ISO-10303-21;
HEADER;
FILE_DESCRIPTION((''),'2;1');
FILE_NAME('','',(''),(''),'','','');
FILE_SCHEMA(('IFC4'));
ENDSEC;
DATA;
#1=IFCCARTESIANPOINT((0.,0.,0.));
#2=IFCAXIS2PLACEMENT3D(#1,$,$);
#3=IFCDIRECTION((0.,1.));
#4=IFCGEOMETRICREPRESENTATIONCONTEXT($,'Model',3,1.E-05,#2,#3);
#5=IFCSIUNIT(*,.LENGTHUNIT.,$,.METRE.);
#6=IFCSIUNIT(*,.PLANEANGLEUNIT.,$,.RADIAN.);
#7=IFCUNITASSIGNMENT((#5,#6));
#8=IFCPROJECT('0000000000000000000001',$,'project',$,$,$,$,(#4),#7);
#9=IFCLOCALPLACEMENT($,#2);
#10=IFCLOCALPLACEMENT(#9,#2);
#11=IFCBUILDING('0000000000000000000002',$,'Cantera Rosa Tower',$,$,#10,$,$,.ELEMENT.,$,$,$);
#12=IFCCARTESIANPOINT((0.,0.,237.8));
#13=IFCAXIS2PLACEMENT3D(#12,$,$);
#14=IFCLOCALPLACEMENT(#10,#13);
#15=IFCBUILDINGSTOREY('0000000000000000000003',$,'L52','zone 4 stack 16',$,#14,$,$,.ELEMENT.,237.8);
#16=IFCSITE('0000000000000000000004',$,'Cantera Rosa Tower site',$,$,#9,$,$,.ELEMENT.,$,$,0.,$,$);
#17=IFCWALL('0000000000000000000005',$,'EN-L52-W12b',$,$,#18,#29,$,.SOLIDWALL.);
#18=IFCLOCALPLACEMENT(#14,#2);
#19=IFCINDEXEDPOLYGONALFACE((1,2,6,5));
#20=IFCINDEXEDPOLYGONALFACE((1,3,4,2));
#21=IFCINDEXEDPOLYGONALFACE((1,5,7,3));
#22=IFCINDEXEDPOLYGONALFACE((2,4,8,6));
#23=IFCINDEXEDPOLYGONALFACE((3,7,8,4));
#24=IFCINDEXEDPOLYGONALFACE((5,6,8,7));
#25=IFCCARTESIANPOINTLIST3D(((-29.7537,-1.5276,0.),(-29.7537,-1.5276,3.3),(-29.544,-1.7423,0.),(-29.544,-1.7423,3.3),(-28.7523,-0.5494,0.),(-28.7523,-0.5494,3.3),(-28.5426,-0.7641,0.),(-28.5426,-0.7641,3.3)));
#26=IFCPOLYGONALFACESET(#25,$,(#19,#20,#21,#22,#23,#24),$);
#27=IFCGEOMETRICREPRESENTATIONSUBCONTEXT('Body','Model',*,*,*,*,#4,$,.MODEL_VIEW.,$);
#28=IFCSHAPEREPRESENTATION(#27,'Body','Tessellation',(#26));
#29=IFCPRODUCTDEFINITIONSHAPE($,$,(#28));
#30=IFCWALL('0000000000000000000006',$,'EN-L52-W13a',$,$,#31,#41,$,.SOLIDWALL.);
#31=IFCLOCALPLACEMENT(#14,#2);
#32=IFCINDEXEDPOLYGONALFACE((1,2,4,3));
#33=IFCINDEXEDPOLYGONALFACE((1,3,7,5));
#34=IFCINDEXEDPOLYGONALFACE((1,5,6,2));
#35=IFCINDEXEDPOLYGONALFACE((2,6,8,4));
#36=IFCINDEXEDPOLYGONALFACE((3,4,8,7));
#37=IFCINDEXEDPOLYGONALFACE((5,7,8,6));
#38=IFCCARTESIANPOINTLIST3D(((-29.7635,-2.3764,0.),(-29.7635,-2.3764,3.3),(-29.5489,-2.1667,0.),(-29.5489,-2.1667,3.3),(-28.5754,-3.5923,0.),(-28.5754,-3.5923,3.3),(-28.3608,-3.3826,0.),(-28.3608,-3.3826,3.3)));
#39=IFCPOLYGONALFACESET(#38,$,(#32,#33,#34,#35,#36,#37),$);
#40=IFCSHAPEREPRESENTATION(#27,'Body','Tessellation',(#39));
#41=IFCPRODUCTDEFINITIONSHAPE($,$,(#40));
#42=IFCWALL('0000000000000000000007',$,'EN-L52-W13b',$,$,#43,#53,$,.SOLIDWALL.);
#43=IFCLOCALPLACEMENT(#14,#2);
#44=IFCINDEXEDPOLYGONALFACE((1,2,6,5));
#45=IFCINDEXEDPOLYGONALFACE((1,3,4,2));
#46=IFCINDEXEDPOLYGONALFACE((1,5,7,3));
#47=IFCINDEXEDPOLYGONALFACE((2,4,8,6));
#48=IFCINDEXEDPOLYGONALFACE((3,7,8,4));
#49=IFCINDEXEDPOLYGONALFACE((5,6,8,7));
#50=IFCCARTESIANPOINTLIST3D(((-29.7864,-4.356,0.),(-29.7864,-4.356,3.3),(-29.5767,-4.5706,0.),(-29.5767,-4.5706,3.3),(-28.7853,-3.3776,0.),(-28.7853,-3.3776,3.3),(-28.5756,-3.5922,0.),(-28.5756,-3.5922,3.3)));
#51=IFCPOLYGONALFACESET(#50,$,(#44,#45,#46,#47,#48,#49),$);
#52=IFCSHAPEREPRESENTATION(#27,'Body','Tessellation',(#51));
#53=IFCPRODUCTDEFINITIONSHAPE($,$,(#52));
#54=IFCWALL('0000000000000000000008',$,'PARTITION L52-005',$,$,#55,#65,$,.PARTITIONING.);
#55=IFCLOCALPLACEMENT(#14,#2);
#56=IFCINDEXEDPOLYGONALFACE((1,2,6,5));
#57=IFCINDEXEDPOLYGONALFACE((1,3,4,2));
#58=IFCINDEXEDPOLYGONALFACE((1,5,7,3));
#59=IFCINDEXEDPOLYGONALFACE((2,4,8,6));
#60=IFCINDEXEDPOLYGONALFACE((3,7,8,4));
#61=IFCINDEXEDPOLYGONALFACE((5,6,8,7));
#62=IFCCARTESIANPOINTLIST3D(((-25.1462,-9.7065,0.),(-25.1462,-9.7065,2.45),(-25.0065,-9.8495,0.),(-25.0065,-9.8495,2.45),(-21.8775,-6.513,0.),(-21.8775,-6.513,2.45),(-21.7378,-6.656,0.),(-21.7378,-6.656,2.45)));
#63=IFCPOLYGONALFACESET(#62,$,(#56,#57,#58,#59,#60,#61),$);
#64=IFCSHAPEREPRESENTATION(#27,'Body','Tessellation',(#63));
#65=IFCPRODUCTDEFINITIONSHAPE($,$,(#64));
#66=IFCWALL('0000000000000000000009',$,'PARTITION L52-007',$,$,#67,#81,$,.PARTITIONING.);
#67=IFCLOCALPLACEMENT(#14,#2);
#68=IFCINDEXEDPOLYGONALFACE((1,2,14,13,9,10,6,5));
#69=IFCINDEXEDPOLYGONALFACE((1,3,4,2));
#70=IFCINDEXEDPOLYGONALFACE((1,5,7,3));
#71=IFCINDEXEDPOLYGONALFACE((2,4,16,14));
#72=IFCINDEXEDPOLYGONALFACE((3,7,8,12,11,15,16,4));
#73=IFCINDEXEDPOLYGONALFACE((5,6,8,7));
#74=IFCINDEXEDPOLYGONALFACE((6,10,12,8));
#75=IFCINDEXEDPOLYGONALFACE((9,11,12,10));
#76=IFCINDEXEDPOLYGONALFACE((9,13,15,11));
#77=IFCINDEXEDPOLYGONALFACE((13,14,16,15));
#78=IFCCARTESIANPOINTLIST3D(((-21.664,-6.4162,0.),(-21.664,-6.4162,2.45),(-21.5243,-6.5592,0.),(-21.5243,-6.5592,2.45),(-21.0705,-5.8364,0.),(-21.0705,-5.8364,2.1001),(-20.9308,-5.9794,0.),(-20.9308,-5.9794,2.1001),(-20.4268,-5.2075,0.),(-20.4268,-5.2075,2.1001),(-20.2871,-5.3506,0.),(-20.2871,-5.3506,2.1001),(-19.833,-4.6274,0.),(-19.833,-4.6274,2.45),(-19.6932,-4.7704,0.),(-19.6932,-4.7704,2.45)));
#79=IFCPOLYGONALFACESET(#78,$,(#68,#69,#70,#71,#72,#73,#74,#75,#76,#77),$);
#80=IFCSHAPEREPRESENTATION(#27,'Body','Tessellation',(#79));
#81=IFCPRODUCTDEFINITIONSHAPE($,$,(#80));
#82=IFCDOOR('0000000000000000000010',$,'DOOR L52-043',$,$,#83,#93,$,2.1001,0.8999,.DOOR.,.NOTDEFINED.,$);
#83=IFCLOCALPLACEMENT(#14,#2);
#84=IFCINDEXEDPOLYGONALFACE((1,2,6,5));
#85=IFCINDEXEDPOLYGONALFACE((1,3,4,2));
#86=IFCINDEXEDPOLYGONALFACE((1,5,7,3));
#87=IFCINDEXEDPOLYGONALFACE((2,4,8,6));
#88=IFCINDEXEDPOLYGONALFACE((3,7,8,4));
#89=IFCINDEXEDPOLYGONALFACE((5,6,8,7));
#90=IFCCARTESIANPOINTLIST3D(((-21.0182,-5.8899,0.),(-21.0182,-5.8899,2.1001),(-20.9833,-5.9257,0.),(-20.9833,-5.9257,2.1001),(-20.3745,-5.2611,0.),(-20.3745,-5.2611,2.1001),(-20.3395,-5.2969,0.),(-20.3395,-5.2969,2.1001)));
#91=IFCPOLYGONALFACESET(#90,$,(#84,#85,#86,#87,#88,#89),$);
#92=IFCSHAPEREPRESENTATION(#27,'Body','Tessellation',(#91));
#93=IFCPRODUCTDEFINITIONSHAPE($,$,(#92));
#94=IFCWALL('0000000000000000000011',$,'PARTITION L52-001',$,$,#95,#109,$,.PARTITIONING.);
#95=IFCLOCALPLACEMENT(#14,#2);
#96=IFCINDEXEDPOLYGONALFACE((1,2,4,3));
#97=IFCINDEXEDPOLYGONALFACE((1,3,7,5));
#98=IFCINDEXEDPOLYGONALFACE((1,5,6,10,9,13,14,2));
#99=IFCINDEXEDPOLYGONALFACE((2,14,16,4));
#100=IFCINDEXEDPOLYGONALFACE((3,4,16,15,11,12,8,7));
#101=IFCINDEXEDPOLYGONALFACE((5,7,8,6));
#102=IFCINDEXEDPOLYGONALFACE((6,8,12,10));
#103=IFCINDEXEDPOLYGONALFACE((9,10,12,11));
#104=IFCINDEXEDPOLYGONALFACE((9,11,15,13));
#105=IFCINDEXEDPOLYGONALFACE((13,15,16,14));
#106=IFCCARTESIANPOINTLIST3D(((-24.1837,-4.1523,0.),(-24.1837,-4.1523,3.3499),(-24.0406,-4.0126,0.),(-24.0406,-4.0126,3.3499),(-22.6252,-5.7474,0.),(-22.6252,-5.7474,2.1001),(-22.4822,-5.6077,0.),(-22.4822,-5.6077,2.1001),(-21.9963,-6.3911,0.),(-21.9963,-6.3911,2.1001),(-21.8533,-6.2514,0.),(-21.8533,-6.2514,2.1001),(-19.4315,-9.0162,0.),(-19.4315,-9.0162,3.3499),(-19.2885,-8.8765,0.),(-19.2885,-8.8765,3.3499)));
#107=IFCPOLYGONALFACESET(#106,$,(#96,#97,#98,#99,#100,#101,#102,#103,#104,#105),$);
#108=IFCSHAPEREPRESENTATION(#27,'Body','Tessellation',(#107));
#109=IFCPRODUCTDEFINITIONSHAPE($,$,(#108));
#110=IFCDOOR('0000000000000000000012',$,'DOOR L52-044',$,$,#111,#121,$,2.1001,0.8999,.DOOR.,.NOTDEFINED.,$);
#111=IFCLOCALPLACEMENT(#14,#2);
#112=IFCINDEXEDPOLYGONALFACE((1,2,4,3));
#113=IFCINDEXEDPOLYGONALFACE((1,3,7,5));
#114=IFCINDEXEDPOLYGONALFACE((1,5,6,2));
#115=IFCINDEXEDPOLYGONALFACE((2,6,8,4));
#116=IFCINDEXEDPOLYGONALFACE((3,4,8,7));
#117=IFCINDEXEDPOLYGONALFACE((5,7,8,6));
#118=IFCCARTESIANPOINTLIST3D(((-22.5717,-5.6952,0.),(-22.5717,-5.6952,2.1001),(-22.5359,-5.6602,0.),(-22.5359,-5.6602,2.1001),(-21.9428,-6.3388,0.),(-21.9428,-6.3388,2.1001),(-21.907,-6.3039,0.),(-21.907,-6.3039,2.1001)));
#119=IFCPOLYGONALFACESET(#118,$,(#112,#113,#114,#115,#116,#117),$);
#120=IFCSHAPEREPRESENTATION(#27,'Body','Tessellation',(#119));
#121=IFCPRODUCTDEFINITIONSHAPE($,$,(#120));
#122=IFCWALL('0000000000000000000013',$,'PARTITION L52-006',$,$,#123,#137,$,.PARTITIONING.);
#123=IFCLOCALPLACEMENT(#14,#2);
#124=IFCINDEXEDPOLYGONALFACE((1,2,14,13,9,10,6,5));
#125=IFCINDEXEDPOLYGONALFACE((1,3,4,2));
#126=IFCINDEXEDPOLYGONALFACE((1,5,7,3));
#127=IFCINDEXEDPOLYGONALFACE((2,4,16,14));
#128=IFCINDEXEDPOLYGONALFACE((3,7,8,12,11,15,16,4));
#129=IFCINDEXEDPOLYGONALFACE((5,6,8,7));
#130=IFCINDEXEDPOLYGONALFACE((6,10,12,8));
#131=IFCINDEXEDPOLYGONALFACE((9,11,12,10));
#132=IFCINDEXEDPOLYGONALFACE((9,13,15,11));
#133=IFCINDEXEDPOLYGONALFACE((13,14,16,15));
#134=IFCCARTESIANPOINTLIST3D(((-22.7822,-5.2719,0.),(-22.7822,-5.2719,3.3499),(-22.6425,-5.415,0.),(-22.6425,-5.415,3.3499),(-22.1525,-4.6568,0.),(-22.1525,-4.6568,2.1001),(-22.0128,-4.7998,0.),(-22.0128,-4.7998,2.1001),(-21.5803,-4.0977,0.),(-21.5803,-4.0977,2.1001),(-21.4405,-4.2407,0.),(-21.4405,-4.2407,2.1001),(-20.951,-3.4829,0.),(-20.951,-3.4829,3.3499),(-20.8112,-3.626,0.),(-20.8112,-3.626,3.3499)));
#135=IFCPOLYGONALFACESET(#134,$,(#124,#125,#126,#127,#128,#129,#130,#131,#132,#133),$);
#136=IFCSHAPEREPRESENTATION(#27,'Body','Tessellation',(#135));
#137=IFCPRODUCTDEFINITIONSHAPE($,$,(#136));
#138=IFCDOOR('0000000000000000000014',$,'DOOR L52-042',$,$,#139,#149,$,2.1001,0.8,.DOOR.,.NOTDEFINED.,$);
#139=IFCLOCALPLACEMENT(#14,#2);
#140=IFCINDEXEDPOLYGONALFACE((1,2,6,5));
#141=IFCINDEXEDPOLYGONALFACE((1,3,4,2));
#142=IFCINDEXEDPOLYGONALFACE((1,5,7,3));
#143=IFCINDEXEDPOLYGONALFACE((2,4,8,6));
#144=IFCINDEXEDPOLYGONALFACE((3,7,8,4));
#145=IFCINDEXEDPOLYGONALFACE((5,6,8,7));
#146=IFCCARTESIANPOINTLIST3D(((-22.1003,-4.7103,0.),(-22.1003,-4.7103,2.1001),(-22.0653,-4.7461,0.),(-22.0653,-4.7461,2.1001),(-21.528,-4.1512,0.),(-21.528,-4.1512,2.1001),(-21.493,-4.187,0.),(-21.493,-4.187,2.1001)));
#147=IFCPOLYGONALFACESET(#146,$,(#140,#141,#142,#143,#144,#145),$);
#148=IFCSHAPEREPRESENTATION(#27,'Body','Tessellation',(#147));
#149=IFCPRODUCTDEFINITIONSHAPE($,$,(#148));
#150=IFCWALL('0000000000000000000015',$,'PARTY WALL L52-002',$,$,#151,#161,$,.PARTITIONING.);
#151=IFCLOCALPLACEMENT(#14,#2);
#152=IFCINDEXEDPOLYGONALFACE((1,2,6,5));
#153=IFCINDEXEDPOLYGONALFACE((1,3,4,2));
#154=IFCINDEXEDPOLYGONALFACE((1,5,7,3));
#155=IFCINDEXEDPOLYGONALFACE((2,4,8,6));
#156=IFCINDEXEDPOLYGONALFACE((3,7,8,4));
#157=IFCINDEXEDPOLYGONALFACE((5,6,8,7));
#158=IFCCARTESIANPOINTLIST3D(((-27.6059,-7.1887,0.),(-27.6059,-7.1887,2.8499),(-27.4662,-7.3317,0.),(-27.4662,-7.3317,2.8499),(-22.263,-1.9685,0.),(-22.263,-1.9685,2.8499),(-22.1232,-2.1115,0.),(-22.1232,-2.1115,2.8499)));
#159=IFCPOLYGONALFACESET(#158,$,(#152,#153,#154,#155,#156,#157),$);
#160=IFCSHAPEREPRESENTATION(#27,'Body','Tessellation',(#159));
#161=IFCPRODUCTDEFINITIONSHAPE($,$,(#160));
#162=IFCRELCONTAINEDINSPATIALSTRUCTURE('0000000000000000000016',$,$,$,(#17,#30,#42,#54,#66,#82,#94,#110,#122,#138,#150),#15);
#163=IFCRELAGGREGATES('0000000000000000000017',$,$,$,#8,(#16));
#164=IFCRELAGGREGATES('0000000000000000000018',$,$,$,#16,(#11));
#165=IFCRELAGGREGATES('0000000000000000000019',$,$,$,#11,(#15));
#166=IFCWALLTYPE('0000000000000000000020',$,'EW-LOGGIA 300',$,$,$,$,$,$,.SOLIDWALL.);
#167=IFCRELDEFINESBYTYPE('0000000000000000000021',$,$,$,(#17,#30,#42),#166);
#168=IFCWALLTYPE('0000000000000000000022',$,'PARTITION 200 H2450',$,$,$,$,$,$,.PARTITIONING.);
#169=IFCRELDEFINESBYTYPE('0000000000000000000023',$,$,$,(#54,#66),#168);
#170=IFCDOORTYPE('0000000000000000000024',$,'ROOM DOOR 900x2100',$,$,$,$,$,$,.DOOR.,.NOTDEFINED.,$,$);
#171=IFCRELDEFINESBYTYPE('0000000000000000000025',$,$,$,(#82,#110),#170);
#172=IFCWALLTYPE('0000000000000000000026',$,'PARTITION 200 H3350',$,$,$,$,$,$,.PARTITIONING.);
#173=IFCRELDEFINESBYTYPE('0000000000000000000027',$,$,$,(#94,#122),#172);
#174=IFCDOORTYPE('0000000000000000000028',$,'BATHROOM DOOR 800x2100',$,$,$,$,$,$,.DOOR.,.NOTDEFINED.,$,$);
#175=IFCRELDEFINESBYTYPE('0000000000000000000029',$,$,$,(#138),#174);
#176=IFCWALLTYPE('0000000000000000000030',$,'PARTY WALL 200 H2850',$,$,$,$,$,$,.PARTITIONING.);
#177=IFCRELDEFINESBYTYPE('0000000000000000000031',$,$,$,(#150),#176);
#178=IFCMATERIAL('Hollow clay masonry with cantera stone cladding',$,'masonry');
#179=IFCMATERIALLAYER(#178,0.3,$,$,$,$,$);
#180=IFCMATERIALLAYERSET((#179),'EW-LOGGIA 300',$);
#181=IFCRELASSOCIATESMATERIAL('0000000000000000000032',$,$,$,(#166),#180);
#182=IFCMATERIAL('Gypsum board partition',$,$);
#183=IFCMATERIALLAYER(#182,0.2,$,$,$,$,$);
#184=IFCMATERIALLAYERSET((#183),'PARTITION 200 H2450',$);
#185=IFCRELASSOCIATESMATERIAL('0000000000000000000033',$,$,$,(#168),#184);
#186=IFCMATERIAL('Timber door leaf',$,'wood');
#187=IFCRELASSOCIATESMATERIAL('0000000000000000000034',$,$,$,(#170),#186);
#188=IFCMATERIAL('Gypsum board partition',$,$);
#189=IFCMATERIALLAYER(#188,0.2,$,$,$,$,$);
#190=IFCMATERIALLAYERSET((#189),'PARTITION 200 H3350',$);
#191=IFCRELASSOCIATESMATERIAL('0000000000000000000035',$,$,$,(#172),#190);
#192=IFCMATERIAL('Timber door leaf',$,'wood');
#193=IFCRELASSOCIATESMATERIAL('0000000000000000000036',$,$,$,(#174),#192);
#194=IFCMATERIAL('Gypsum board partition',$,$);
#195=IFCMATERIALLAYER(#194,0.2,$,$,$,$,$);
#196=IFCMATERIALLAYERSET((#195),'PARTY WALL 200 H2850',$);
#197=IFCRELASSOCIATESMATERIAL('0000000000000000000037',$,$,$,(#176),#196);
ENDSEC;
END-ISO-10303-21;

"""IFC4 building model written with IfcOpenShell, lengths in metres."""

from ifc_helpers import new_model, si_unit, direction, frame, frame_2d, origin, place, context, subcontext, project, spatial, rectangle, extrude, material, layer, layer_set, type_object, element, fill, save


model = new_model("IFC4")

# Units and contexts
model_context = context("Model", 3, precision=1e-05, world=origin(), true_north=direction((0.0, 1.0)))
body_context = subcontext(model_context, "Body", "Model", "MODEL_VIEW")
ifc_project = project(units=[si_unit("LENGTHUNIT", "METRE"), si_unit("PLANEANGLEUNIT", "RADIAN")], contexts=[model_context])

# Site, building, storey
site_placement = place(None, origin())
site = spatial("IfcSite", under=ifc_project, at=site_placement, Name="Cantera Rosa Tower site", CompositionType="ELEMENT", RefElevation=0.0)
building_placement = place(site_placement, origin())
building = spatial("IfcBuilding", under=site, at=building_placement, Name="Cantera Rosa Tower", CompositionType="ELEMENT")
storey_placement = place(building_placement, frame((0.0, 0.0, 237.8)))
storey = spatial("IfcBuildingStorey", under=building, at=storey_placement, Name="L52", Description="zone 4 stack 16", CompositionType="ELEMENT", Elevation=237.8)

# Walls
ifc_material_1 = material(Name="Hollow clay masonry with cantera stone cladding", Category="masonry")
ifc_layer_1 = layer(ifc_material_1, 0.3)
ifc_layer_set_1 = layer_set([ifc_layer_1], Name="EW-LOGGIA 300")
wall_type_1 = type_object("IfcWallType", Name="EW-LOGGIA 300", PredefinedType="SOLIDWALL", material=ifc_layer_set_1)
wall_1_placement = place(storey_placement, frame((-28.6475, -0.6567, 0.0), z_axis=(0.0, 0.0, 1.0), x_axis=(-0.715342, -0.698775, 0.0)))
element("IfcWall", 1, at=wall_1_placement, inside=storey, type_object=wall_type_1, Name="EN-L52-W12b", PredefinedType="SOLIDWALL", context=body_context, shape_type="SweptSolid", body=[
    extrude(rectangle(XDim=1.3999, YDim=0.3, at=frame_2d((0.7, 0.0))), origin(), (0.0, 0.0, 1.0), 3.3),
])
wall_2_placement = place(storey_placement, frame((-29.6562, -2.2715, 0.0), z_axis=(0.0, 0.0, 1.0), x_axis=(0.698873, -0.715246, 0.0)))
element("IfcWall", 2, at=wall_2_placement, inside=storey, type_object=wall_type_1, Name="EN-L52-W13a", PredefinedType="SOLIDWALL", context=body_context, shape_type="SweptSolid", body=[
    extrude(rectangle(XDim=1.7, YDim=0.3, at=frame_2d((0.8501, 0.0))), origin(), (0.0, 0.0, 1.0), 3.3),
])
wall_3_placement = place(storey_placement, frame((-28.6804, -3.4849, 0.0), z_axis=(0.0, 0.0, 1.0), x_axis=(-0.715169, -0.698951, 0.0)))
element("IfcWall", 3, at=wall_3_placement, inside=storey, type_object=wall_type_1, Name="EN-L52-W13b", PredefinedType="SOLIDWALL", context=body_context, shape_type="SweptSolid", body=[
    extrude(rectangle(XDim=1.3999, YDim=0.3, at=frame_2d((0.7, 0.0))), origin(), (0.0, 0.0, 1.0), 3.3),
])

# Wall
ifc_material_2 = material(Name="Gypsum board partition")
ifc_layer_2 = layer(ifc_material_2, 0.2)
ifc_layer_set_2 = layer_set([ifc_layer_2], Name="PARTITION 200 H2450")
wall_type_2 = type_object("IfcWallType", Name="PARTITION 200 H2450", PredefinedType="PARTITIONING", material=ifc_layer_set_2)
wall_4_placement = place(storey_placement, frame((-21.8076, -6.5845, 0.0), z_axis=(0.0, 0.0, 1.0), x_axis=(-0.715286, -0.698832, 0.0)))
element("IfcWall", 4, at=wall_4_placement, inside=storey, type_object=wall_type_2, Name="PARTITION L52-005", PredefinedType="PARTITIONING", context=body_context, shape_type="SweptSolid", body=[
    extrude(rectangle(XDim=4.5698, YDim=0.2, at=frame_2d((2.2849, 0.0))), origin(), (0.0, 0.0, 1.0), 2.45),
])

# Walls, openings, doors
wall_5_placement = place(storey_placement, frame((-19.7632, -4.699, 0.0), z_axis=(0.0, 0.0, 1.0), x_axis=(-0.715309, -0.698809, 0.0)))
wall_5 = element("IfcWall", 5, at=wall_5_placement, inside=storey, type_object=wall_type_2, Name="PARTITION L52-007", PredefinedType="PARTITIONING", context=body_context, shape_type="SweptSolid", body=[
    extrude(rectangle(XDim=2.5598, YDim=0.2, at=frame_2d((1.2798, 0.0))), origin(), (0.0, 0.0, 1.0), 2.45),
])
opening_1_placement = place(wall_5_placement, frame((0.8301, 0.0, 0.0)))
opening_1 = element("IfcOpeningElement", 6, at=opening_1_placement, cuts=wall_5, PredefinedType="OPENING", context=body_context, shape_type="SweptSolid", body=[
    extrude(rectangle(XDim=0.8999, YDim=2.1001, at=frame_2d((0.45, 1.05))), frame((0.0, 0.1099, 0.0), z_axis=(0.0, -1.0, 0.0), x_axis=(1.0, 0.0, 0.0)), (0.0, 0.0, 1.0), 0.22),
])
ifc_material_3 = material(Name="Timber door leaf", Category="wood")
door_type_1 = type_object("IfcDoorType", Name="ROOM DOOR 900x2100", OperationType="NOTDEFINED", PredefinedType="DOOR", material=ifc_material_3)
door_1_placement = place(opening_1_placement, origin())
door_1 = element("IfcDoor", 7, at=door_1_placement, inside=storey, type_object=door_type_1, Name="DOOR L52-043", OperationType="NOTDEFINED", OverallHeight=2.1001, OverallWidth=0.8999, PredefinedType="DOOR", context=body_context, shape_type="SweptSolid", body=[
    extrude(rectangle(XDim=0.8999, YDim=2.1001, at=frame_2d((0.45, 1.05))), frame((0.0, 0.0249, 0.0), z_axis=(0.0, -1.0, 0.0), x_axis=(1.0, 0.0, 0.0)), (0.0, 0.0, 1.0), 0.05),
])
fill(opening_1, door_1)
ifc_material_4 = material(Name="Gypsum board partition")
ifc_layer_3 = layer(ifc_material_4, 0.2)
ifc_layer_set_3 = layer_set([ifc_layer_3], Name="PARTITION 200 H3350")
wall_type_3 = type_object("IfcWallType", Name="PARTITION 200 H3350", PredefinedType="PARTITIONING", material=ifc_layer_set_3)
wall_6_placement = place(storey_placement, frame((-24.1121, -4.0825, 0.0), z_axis=(0.0, 0.0, 1.0), x_axis=(0.698837, -0.715281, 0.0)))
wall_6 = element("IfcWall", 8, at=wall_6_placement, inside=storey, type_object=wall_type_3, Name="PARTITION L52-001", PredefinedType="PARTITIONING", context=body_context, shape_type="SweptSolid", body=[
    extrude(rectangle(XDim=6.8, YDim=0.2, at=frame_2d((3.3999, 0.0))), origin(), (0.0, 0.0, 1.0), 3.3499),
])
opening_2_placement = place(wall_6_placement, frame((2.23, 0.0, 0.0)))
opening_2 = element("IfcOpeningElement", 9, at=opening_2_placement, cuts=wall_6, PredefinedType="OPENING", context=body_context, shape_type="SweptSolid", body=[
    extrude(rectangle(XDim=0.8999, YDim=2.1001, at=frame_2d((0.45, 1.05))), frame((0.0, 0.1099, 0.0), z_axis=(0.0, -1.0, 0.0), x_axis=(1.0, 0.0, 0.0)), (0.0, 0.0, 1.0), 0.22),
])
door_2_placement = place(opening_2_placement, origin())
door_2 = element("IfcDoor", 10, at=door_2_placement, inside=storey, type_object=door_type_1, Name="DOOR L52-044", OperationType="NOTDEFINED", OverallHeight=2.1001, OverallWidth=0.8999, PredefinedType="DOOR", context=body_context, shape_type="SweptSolid", body=[
    extrude(rectangle(XDim=0.8999, YDim=2.1001, at=frame_2d((0.45, 1.05))), frame((0.0, 0.0249, 0.0), z_axis=(0.0, -1.0, 0.0), x_axis=(1.0, 0.0, 0.0)), (0.0, 0.0, 1.0), 0.05),
])
fill(opening_2, door_2)
wall_7_placement = place(storey_placement, frame((-20.8811, -3.5544, 0.0), z_axis=(0.0, 0.0, 1.0), x_axis=(-0.715307, -0.69881, 0.0)))
wall_7 = element("IfcWall", 11, at=wall_7_placement, inside=storey, type_object=wall_type_3, Name="PARTITION L52-006", PredefinedType="PARTITIONING", context=body_context, shape_type="SweptSolid", body=[
    extrude(rectangle(XDim=2.5601, YDim=0.2, at=frame_2d((1.28, 0.0))), origin(), (0.0, 0.0, 1.0), 3.3499),
])
opening_3_placement = place(wall_7_placement, frame((0.8799, 0.0, 0.0)))
opening_3 = element("IfcOpeningElement", 12, at=opening_3_placement, cuts=wall_7, PredefinedType="OPENING", context=body_context, shape_type="SweptSolid", body=[
    extrude(rectangle(XDim=0.8, YDim=2.1001, at=frame_2d((0.3999, 1.05))), frame((0.0, 0.1099, 0.0), z_axis=(0.0, -1.0, 0.0), x_axis=(1.0, 0.0, 0.0)), (0.0, 0.0, 1.0), 0.22),
])
ifc_material_5 = material(Name="Timber door leaf", Category="wood")
door_type_2 = type_object("IfcDoorType", Name="BATHROOM DOOR 800x2100", OperationType="NOTDEFINED", PredefinedType="DOOR", material=ifc_material_5)
door_3_placement = place(opening_3_placement, origin())
door_3 = element("IfcDoor", 13, at=door_3_placement, inside=storey, type_object=door_type_2, Name="DOOR L52-042", OperationType="NOTDEFINED", OverallHeight=2.1001, OverallWidth=0.8, PredefinedType="DOOR", context=body_context, shape_type="SweptSolid", body=[
    extrude(rectangle(XDim=0.8, YDim=2.1001, at=frame_2d((0.3999, 1.05))), frame((0.0, 0.0249, 0.0), z_axis=(0.0, -1.0, 0.0), x_axis=(1.0, 0.0, 0.0)), (0.0, 0.0, 1.0), 0.05),
])
fill(opening_3, door_3)

# Wall
ifc_material_6 = material(Name="Gypsum board partition")
ifc_layer_4 = layer(ifc_material_6, 0.2)
ifc_layer_set_4 = layer_set([ifc_layer_4], Name="PARTY WALL 200 H2850")
wall_type_4 = type_object("IfcWallType", Name="PARTY WALL 200 H2850", PredefinedType="PARTITIONING", material=ifc_layer_set_4)
wall_8_placement = place(storey_placement, frame((-22.1931, -2.04, 0.0), z_axis=(0.0, 0.0, 1.0), x_axis=(-0.715279, -0.698839, 0.0)))
element("IfcWall", 14, at=wall_8_placement, inside=storey, type_object=wall_type_4, Name="PARTY WALL L52-002", PredefinedType="PARTITIONING", context=body_context, shape_type="SweptSolid", body=[
    extrude(rectangle(XDim=7.4697, YDim=0.2, at=frame_2d((3.7349, 0.0))), origin(), (0.0, 0.0, 1.0), 2.8499),
])

save(model, "model.ifc")
